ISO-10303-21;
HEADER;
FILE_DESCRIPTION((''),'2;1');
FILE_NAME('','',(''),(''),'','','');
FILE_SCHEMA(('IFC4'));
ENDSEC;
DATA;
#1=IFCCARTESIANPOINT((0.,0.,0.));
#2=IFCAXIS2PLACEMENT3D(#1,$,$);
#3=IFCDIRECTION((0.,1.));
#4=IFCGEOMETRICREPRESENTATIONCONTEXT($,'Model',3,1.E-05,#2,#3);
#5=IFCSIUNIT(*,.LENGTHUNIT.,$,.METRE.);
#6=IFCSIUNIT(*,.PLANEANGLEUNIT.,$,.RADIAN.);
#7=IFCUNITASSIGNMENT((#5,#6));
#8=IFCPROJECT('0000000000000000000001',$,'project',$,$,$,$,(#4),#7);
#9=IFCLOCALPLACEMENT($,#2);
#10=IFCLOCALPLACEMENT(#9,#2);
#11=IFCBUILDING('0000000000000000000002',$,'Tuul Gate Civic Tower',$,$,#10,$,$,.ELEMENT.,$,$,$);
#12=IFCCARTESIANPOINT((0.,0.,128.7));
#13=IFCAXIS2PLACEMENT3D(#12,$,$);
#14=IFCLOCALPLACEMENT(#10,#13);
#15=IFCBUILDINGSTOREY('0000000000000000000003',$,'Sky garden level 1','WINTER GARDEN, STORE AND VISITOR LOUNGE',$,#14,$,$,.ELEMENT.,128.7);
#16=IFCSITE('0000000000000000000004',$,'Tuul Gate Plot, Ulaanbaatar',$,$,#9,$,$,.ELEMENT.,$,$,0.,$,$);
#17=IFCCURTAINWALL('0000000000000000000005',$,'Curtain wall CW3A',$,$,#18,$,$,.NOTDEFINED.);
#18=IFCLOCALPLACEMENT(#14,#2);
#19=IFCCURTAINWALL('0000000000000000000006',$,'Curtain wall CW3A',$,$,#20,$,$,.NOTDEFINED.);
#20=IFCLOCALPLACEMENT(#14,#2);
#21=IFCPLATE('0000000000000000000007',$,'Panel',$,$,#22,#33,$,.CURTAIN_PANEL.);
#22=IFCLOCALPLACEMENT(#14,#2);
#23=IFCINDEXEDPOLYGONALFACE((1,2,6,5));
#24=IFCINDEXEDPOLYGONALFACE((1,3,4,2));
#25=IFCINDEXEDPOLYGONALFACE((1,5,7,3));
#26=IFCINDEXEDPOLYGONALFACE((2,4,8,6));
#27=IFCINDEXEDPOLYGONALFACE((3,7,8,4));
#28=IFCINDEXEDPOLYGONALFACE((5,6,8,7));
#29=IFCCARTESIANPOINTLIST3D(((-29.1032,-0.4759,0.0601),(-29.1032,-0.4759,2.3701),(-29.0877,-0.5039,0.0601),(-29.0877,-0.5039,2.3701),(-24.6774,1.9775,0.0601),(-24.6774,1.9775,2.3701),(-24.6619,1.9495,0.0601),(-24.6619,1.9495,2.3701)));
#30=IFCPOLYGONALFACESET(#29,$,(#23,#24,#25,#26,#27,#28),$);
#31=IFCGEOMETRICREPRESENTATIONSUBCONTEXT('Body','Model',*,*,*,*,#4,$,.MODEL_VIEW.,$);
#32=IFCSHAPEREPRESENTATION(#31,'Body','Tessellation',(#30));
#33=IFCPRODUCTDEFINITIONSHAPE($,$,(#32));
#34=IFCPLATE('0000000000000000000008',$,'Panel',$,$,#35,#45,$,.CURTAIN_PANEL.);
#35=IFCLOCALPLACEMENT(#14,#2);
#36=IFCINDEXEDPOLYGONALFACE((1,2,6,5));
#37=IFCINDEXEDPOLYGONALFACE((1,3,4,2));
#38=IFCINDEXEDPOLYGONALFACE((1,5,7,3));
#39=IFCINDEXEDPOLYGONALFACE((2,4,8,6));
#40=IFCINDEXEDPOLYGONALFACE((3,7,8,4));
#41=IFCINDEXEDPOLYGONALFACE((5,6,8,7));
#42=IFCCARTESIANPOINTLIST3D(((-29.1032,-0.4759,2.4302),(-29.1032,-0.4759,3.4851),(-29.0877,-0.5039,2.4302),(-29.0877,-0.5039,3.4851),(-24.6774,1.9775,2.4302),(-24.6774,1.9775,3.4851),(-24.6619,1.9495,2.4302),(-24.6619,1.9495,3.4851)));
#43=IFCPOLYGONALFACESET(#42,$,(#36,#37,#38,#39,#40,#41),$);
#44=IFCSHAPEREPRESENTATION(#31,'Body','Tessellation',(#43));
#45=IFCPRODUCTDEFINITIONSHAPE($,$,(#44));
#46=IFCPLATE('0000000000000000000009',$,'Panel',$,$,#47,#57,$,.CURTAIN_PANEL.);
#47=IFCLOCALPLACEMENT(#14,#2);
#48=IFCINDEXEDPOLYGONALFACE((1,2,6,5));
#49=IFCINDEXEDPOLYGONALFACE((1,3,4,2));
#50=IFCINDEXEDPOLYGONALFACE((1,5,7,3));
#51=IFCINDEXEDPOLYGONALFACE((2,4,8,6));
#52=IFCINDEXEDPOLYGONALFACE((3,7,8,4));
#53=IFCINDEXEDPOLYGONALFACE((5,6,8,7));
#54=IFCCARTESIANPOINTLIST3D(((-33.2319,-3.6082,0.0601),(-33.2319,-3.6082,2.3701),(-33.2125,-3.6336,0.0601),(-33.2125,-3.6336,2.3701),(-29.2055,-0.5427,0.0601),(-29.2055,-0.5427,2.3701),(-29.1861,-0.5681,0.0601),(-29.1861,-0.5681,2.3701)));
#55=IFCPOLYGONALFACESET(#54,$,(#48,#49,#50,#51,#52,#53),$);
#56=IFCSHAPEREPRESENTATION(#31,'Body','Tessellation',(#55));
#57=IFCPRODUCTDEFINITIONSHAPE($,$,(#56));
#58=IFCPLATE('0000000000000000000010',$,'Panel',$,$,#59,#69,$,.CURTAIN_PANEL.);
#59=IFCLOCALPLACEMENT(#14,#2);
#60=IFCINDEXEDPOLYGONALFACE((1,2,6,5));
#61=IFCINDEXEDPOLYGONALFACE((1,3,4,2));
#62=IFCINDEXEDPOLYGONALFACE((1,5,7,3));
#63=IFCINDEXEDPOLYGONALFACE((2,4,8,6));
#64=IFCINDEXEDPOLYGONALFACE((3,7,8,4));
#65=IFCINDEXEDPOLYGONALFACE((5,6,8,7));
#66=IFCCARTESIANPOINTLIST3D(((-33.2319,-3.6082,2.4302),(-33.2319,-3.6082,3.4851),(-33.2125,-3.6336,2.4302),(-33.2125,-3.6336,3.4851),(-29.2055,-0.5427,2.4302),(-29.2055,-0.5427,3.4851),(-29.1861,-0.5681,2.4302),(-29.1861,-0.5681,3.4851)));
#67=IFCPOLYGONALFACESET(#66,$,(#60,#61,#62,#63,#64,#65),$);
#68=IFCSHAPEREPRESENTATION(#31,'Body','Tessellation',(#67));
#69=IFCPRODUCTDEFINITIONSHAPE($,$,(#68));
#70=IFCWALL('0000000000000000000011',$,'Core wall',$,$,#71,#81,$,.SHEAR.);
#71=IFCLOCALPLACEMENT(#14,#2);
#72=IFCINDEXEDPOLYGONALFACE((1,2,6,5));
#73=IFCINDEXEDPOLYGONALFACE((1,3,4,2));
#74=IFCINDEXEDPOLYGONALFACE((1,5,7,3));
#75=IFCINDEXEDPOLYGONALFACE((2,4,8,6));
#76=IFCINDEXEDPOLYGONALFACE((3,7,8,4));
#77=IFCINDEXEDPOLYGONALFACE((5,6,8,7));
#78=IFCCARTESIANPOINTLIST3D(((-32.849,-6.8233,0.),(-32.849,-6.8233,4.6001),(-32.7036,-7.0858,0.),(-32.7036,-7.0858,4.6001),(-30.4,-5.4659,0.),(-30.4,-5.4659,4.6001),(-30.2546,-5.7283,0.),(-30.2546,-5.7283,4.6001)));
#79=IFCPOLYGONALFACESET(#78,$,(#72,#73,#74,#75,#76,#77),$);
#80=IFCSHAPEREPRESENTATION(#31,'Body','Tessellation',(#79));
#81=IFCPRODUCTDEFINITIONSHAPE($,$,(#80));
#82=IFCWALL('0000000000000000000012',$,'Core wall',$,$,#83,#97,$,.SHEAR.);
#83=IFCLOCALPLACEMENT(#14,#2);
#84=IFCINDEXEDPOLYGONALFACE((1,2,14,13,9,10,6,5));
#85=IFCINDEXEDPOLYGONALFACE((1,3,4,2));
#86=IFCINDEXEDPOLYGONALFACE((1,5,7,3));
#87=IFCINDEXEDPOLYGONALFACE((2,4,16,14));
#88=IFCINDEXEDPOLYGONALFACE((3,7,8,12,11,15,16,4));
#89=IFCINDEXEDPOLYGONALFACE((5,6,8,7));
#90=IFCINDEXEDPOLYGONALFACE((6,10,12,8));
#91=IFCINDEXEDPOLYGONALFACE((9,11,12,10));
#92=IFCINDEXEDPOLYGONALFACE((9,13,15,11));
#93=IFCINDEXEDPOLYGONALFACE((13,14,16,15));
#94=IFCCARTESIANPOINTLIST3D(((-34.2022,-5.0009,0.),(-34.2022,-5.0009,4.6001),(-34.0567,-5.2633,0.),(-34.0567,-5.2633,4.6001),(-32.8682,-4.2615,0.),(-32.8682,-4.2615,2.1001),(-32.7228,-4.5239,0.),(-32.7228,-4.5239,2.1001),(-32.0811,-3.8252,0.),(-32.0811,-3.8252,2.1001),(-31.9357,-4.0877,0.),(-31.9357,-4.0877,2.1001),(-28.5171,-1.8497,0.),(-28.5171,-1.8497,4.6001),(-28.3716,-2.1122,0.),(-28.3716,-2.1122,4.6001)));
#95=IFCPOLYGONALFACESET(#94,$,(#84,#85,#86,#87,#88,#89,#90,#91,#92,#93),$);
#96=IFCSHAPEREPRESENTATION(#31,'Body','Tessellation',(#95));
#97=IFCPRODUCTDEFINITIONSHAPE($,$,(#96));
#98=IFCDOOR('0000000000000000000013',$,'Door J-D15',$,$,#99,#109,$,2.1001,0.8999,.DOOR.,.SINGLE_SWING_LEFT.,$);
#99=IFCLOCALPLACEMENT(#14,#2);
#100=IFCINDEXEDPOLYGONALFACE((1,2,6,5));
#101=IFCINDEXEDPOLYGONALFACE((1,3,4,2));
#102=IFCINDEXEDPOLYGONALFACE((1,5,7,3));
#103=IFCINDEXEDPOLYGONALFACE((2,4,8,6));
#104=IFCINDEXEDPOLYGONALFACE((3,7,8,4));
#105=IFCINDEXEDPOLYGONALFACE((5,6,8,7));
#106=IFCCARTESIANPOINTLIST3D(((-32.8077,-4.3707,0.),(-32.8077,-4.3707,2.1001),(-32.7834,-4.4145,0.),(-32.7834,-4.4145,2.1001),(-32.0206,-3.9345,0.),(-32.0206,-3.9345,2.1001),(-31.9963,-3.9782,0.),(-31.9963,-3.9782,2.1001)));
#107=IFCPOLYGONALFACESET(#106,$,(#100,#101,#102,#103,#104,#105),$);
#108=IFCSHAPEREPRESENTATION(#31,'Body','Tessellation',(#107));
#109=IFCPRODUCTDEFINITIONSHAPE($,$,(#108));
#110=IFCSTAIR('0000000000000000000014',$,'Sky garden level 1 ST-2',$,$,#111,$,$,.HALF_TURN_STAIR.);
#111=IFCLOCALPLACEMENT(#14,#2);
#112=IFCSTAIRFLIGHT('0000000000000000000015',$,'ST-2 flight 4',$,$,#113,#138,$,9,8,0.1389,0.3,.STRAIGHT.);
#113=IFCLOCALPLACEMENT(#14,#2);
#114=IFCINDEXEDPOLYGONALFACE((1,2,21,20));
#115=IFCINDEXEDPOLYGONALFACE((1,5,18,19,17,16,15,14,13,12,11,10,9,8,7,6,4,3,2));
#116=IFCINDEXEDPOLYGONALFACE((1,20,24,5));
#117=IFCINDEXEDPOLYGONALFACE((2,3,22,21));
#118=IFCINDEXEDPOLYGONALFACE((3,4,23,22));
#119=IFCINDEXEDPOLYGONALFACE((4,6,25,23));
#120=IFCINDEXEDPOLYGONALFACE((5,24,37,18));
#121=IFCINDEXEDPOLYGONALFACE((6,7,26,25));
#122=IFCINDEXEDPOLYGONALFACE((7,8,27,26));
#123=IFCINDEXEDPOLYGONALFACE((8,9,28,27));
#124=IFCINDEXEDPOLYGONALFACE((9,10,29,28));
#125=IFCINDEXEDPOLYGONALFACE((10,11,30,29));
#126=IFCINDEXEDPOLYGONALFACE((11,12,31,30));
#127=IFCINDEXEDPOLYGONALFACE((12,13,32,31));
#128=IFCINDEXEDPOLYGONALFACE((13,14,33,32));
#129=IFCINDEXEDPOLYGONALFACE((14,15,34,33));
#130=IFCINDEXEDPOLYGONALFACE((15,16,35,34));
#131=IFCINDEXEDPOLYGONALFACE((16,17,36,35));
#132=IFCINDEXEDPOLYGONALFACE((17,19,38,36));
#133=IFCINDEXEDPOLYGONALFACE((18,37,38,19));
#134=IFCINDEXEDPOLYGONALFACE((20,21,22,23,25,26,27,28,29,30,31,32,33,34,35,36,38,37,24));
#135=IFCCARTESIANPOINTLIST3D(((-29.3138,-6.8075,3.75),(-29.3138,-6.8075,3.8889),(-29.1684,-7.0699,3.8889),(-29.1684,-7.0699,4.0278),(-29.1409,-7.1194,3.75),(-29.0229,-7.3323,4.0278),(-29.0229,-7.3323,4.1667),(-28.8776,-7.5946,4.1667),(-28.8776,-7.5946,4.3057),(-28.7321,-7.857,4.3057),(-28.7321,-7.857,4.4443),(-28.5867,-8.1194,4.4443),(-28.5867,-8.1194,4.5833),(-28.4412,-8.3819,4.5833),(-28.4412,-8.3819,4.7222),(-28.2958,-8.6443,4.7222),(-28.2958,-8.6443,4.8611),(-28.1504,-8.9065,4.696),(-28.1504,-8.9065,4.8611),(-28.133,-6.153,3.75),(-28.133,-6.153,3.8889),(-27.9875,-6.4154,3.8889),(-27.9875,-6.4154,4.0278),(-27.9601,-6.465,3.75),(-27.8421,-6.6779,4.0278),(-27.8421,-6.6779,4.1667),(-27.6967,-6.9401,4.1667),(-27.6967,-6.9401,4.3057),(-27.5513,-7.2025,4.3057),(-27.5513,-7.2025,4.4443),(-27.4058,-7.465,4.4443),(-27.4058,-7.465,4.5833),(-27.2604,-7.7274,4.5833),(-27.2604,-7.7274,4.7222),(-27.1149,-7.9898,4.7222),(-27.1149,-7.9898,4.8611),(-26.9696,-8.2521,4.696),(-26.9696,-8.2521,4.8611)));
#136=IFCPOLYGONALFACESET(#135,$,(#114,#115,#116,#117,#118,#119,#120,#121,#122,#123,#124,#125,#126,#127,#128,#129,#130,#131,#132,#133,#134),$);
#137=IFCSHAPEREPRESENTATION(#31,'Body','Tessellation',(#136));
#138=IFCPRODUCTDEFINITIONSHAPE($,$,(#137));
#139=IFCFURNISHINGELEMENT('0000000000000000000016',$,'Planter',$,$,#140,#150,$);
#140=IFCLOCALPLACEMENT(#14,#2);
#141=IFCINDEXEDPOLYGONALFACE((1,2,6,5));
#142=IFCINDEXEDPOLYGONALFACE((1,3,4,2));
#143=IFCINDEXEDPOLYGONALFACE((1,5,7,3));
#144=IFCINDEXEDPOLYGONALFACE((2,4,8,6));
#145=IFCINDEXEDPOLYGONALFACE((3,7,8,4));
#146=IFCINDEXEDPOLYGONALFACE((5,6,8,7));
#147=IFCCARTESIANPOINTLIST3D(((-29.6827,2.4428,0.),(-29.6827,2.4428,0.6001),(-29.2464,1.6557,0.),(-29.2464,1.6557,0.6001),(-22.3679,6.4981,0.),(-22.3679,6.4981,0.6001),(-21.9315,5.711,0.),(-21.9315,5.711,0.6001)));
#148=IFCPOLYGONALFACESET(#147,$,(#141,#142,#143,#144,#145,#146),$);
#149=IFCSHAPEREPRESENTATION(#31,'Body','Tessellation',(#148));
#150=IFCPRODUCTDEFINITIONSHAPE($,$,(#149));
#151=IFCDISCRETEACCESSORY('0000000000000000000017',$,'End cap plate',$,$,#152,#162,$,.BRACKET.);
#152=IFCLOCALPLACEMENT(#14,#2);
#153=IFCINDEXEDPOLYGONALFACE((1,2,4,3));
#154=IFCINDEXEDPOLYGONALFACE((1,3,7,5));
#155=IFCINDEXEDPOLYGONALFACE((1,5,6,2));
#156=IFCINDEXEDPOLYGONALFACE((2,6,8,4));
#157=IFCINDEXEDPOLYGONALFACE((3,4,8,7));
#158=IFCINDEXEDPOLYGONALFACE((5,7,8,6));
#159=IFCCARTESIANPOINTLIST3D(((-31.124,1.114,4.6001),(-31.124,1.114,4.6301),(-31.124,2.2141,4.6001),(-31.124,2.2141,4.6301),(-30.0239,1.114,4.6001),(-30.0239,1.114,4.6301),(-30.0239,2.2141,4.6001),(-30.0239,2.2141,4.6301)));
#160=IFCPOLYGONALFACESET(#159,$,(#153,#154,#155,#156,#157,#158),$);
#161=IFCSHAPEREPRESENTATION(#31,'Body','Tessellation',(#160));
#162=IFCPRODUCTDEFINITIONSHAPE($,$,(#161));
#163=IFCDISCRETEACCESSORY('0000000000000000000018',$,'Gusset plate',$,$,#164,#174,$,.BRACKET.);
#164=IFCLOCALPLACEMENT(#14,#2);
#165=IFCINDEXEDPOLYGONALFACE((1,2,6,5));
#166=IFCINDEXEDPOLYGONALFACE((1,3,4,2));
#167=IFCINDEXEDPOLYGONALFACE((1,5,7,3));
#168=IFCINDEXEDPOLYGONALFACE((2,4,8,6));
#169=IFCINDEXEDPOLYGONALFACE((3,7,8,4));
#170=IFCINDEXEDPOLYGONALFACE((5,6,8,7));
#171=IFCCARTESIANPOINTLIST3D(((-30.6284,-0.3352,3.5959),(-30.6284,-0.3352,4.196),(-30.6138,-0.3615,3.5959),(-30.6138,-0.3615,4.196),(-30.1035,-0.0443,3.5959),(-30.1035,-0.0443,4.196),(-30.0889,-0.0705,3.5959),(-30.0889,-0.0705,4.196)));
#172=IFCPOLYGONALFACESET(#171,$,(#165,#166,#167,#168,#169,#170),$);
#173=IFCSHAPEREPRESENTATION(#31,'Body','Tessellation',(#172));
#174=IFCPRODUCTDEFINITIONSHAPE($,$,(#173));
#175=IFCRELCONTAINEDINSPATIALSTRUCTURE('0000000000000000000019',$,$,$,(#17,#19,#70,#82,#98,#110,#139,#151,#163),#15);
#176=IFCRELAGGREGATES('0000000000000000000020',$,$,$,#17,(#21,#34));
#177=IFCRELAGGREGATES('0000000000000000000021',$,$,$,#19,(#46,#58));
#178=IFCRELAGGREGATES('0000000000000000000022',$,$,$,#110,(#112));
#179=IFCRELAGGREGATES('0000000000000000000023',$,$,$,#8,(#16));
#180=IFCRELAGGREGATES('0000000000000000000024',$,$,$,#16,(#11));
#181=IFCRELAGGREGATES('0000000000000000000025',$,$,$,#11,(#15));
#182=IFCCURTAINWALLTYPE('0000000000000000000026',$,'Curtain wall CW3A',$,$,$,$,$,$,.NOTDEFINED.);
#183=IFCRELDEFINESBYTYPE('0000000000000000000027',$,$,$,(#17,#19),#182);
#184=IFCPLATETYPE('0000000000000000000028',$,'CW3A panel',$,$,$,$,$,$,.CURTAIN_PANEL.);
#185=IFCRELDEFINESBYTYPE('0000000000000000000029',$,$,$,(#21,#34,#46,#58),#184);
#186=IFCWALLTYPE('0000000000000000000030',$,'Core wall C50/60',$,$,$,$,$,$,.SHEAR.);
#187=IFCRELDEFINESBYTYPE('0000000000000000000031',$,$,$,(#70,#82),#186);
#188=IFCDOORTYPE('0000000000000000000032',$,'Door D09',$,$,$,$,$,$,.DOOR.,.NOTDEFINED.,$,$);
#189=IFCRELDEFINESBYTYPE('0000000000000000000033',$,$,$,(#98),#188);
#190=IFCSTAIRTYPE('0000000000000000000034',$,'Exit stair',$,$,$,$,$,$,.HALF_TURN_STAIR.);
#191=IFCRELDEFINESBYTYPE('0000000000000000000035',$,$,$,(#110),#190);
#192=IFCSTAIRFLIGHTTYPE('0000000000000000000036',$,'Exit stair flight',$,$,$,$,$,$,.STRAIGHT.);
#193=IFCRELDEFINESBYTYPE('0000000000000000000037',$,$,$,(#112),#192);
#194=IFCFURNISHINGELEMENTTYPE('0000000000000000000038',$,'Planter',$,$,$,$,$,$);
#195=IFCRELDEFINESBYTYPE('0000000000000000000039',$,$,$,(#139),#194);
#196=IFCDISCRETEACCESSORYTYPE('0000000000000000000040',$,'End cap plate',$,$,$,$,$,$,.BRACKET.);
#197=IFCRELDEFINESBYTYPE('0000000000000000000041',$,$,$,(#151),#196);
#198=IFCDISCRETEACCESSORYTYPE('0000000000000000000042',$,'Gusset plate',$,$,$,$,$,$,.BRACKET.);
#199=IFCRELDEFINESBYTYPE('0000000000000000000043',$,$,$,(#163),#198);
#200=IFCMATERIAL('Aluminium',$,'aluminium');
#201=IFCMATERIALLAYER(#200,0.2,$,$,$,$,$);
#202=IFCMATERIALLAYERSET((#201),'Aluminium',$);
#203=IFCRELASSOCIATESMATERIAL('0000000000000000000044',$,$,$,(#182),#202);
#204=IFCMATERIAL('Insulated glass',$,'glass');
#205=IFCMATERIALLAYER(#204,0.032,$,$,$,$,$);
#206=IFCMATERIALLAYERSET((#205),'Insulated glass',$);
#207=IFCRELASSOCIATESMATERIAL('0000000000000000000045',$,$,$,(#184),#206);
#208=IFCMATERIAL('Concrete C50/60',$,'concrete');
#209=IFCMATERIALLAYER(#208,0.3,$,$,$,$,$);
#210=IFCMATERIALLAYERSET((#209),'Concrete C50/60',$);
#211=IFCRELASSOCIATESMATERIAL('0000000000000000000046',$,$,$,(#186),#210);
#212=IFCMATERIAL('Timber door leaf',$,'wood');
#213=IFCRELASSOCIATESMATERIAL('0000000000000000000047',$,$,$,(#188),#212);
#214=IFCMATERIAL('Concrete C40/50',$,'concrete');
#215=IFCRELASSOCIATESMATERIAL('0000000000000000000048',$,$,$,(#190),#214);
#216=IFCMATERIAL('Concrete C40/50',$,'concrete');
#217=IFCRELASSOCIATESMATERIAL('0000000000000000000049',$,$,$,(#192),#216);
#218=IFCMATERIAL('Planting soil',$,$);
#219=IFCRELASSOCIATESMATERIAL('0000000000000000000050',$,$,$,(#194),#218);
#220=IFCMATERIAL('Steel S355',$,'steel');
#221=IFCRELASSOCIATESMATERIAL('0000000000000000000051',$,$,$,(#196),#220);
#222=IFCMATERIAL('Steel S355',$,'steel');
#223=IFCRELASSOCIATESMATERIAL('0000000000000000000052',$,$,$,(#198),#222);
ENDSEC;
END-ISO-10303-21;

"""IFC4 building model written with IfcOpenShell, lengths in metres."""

from ifc_helpers import new_model, si_unit, direction, frame, frame_2d, origin, origin_2d, place, context, subcontext, project, spatial, polyline, rectangle, outline, extrude, material, layer, layer_set, type_object, element, fill, aggregate, save


model = new_model("IFC4")

# Units and contexts
model_context = context("Model", 3, precision=1e-05, world=origin(), true_north=direction((0.0, 1.0)))
body_context = subcontext(model_context, "Body", "Model", "MODEL_VIEW")
ifc_project = project(units=[si_unit("LENGTHUNIT", "METRE"), si_unit("PLANEANGLEUNIT", "RADIAN")], contexts=[model_context])

# Site, building, storey
site_placement = place(None, origin())
site = spatial("IfcSite", under=ifc_project, at=site_placement, Name="Tuul Gate Plot, Ulaanbaatar", CompositionType="ELEMENT", RefElevation=0.0)
building_placement = place(site_placement, origin())
building = spatial("IfcBuilding", under=site, at=building_placement, Name="Tuul Gate Civic Tower", CompositionType="ELEMENT")
storey_placement = place(building_placement, frame((0.0, 0.0, 128.7)))
storey = spatial("IfcBuildingStorey", under=building, at=storey_placement, Name="Sky garden level 1", Description="WINTER GARDEN, STORE AND VISITOR LOUNGE", CompositionType="ELEMENT", Elevation=128.7)

# Curtain wall
ifc_material_1 = material(Name="Aluminium", Category="aluminium")
ifc_layer_1 = layer(ifc_material_1, 0.2)
ifc_layer_set_1 = layer_set([ifc_layer_1], Name="Aluminium")
curtain_wall_type = type_object("IfcCurtainWallType", Name="Curtain wall CW3A", PredefinedType="NOTDEFINED", material=ifc_layer_set_1)
curtain_wall_1_placement = place(storey_placement, origin())
curtain_wall_1 = element("IfcCurtainWall", 1, at=curtain_wall_1_placement, inside=storey, type_object=curtain_wall_type, Name="Curtain wall CW3A", PredefinedType="NOTDEFINED")

# Curtain wall
curtain_wall_2_placement = place(storey_placement, origin())
curtain_wall_2 = element("IfcCurtainWall", 2, at=curtain_wall_2_placement, inside=storey, type_object=curtain_wall_type, Name="Curtain wall CW3A", PredefinedType="NOTDEFINED")

# Plates
ifc_material_2 = material(Name="Insulated glass", Category="glass")
ifc_layer_2 = layer(ifc_material_2, 0.032)
ifc_layer_set_2 = layer_set([ifc_layer_2], Name="Insulated glass")
plate_type = type_object("IfcPlateType", Name="CW3A panel", PredefinedType="CURTAIN_PANEL", material=ifc_layer_set_2)
plate_1_placement = place(storey_placement, frame((-26.8826, 0.7368, 0.0601), z_axis=(0.0, 0.0, 1.0), x_axis=(-0.87461, -0.484827, 0.0)))
plate_1 = element("IfcPlate", 3, at=plate_1_placement, type_object=plate_type, Name="Panel", PredefinedType="CURTAIN_PANEL", context=body_context, shape_type="SweptSolid", body=[
    extrude(rectangle(XDim=5.0603, YDim=0.032, at=origin_2d()), origin(), (0.0, 0.0, 1.0), 2.3101),
])
plate_2_placement = place(storey_placement, frame((-26.8826, 0.7368, 2.4302), z_axis=(0.0, 0.0, 1.0), x_axis=(-0.87461, -0.484827, 0.0)))
plate_2 = element("IfcPlate", 4, at=plate_2_placement, type_object=plate_type, Name="Panel", PredefinedType="CURTAIN_PANEL", context=body_context, shape_type="SweptSolid", body=[
    extrude(rectangle(XDim=5.0603, YDim=0.032, at=origin_2d()), origin(), (0.0, 0.0, 1.0), 1.0549),
])
aggregate(curtain_wall_1, [plate_1, plate_2])
plate_3_placement = place(storey_placement, frame((-31.209, -2.0881, 0.0601), z_axis=(0.0, 0.0, 1.0), x_axis=(-0.795646, -0.605762, 0.0)))
plate_3 = element("IfcPlate", 5, at=plate_3_placement, type_object=plate_type, Name="Panel", PredefinedType="CURTAIN_PANEL", context=body_context, shape_type="SweptSolid", body=[
    extrude(rectangle(XDim=5.0605, YDim=0.032, at=origin_2d()), origin(), (0.0, 0.0, 1.0), 2.3101),
])
plate_4_placement = place(storey_placement, frame((-31.209, -2.0881, 2.4302), z_axis=(0.0, 0.0, 1.0), x_axis=(-0.795646, -0.605762, 0.0)))
plate_4 = element("IfcPlate", 6, at=plate_4_placement, type_object=plate_type, Name="Panel", PredefinedType="CURTAIN_PANEL", context=body_context, shape_type="SweptSolid", body=[
    extrude(rectangle(XDim=5.0605, YDim=0.032, at=origin_2d()), origin(), (0.0, 0.0, 1.0), 1.0549),
])
aggregate(curtain_wall_2, [plate_3, plate_4])

# Wall
ifc_material_3 = material(Name="Concrete C50/60", Category="concrete")
ifc_layer_3 = layer(ifc_material_3, 0.3)
ifc_layer_set_3 = layer_set([ifc_layer_3], Name="Concrete C50/60")
wall_type = type_object("IfcWallType", Name="Core wall C50/60", PredefinedType="SHEAR", material=ifc_layer_set_3)
wall_1_placement = place(storey_placement, frame((-30.3274, -5.5972, 0.0), z_axis=(0.0, 0.0, 1.0), x_axis=(-0.87463, -0.484791, 0.0)))
element("IfcWall", 7, at=wall_1_placement, inside=storey, type_object=wall_type, Name="Core wall", PredefinedType="SHEAR", context=body_context, shape_type="SweptSolid", body=[
    extrude(rectangle(XDim=2.8, YDim=0.3, at=frame_2d((1.3999, 0.0))), origin(), (0.0, 0.0, 1.0), 4.6001),
])

# Wall, opening, door
wall_2_placement = place(storey_placement, frame((-28.4443, -1.981, 0.0), z_axis=(0.0, 0.0, 1.0), x_axis=(-0.87463, -0.484791, 0.0)))
wall_2 = element("IfcWall", 8, at=wall_2_placement, inside=storey, type_object=wall_type, Name="Core wall", PredefinedType="SHEAR", context=body_context, shape_type="SweptSolid", body=[
    extrude(rectangle(XDim=6.5, YDim=0.3, at=frame_2d((3.25, 0.0))), origin(), (0.0, 0.0, 1.0), 4.6001),
])
opening_placement = place(wall_2_placement, frame((4.075, 0.0, 0.0)))
opening = element("IfcOpeningElement", 9, at=opening_placement, cuts=wall_2, PredefinedType="OPENING", context=body_context, shape_type="SweptSolid", body=[
    extrude(rectangle(XDim=0.8999, YDim=2.1001, at=frame_2d((0.45, 1.05))), frame((0.0, 0.1602, 0.0), z_axis=(0.0, -1.0, 0.0), x_axis=(1.0, 0.0, 0.0)), (0.0, 0.0, 1.0), 0.3201),
])
ifc_material_4 = material(Name="Timber door leaf", Category="wood")
door_type = type_object("IfcDoorType", Name="Door D09", OperationType="NOTDEFINED", PredefinedType="DOOR", material=ifc_material_4)
door_placement = place(opening_placement, origin())
door = element("IfcDoor", 10, at=door_placement, inside=storey, type_object=door_type, Name="Door J-D15", OperationType="SINGLE_SWING_LEFT", OverallHeight=2.1001, OverallWidth=0.8999, PredefinedType="DOOR", context=body_context, shape_type="SweptSolid", body=[
    extrude(rectangle(XDim=0.8999, YDim=2.1001, at=frame_2d((0.45, 1.05))), frame((0.0, 0.0249, 0.0), z_axis=(0.0, -1.0, 0.0), x_axis=(1.0, 0.0, 0.0)), (0.0, 0.0, 1.0), 0.05),
])
fill(opening, door)

# Stair, stair flight
ifc_material_5 = material(Name="Concrete C40/50", Category="concrete")
stair_type = type_object("IfcStairType", Name="Exit stair", PredefinedType="HALF_TURN_STAIR", material=ifc_material_5)
stair_placement = place(storey_placement, origin())
stair = element("IfcStair", 11, at=stair_placement, inside=storey, type_object=stair_type, Name="Sky garden level 1 ST-2", PredefinedType="HALF_TURN_STAIR")
ifc_material_6 = material(Name="Concrete C40/50", Category="concrete")
stair_flight_type = type_object("IfcStairFlightType", Name="Exit stair flight", PredefinedType="STRAIGHT", material=ifc_material_6)
stair_flight_placement = place(storey_placement, frame((-28.7234, -6.4802, 3.75), z_axis=(0.0, 0.0, 1.0), x_axis=(0.484762, -0.874646, 0.0)))
stair_flight = element("IfcStairFlight", 12, at=stair_flight_placement, type_object=stair_flight_type, Name="ST-2 flight 4", NumberOfRisers=9, NumberOfTreads=8, PredefinedType="STRAIGHT", RiserHeight=0.1389, TreadLength=0.3, context=body_context, shape_type="SweptSolid", body=[
    extrude(outline(polyline([(0.0, 0.0), (0.0, 0.1389), (0.3, 0.1389), (0.3, 0.2778), (0.6001, 0.2778), (0.6001, 0.4167), (0.8999, 0.4167), (0.8999, 0.5557), (1.2, 0.5557), (1.2, 0.6943), (1.5, 0.6943), (1.5, 0.8333), (1.8, 0.8333), (1.8, 0.9722), (2.1001, 0.9722), (2.1001, 1.1111), (2.3999, 1.1111), (2.3999, 1.25), (2.3999, 0.946), (0.3567, 0.0), (0.0, 0.0)])), frame((0.0, 0.675, 0.0), z_axis=(0.0, -1.0, 0.0), x_axis=(1.0, 0.0, 0.0)), (0.0, 0.0, 1.0), 1.3501),
])
aggregate(stair, [stair_flight])

# Furnishing element
ifc_material_7 = material(Name="Planting soil")
furnishing_element_type = type_object("IfcFurnishingElementType", Name="Planter", material=ifc_material_7)
furnishing_placement = place(storey_placement, frame((-25.8071, 4.0769, 0.0), z_axis=(0.0, 0.0, 1.0), x_axis=(-0.874591, -0.484862, 0.0)))
element("IfcFurnishingElement", 13, at=furnishing_placement, inside=storey, type_object=furnishing_element_type, Name="Planter", context=body_context, shape_type="SweptSolid", body=[
    extrude(rectangle(XDim=8.3638, YDim=0.8999, at=origin_2d()), origin(), (0.0, 0.0, 1.0), 0.6001),
])

# Discrete accessories
ifc_material_8 = material(Name="Steel S355", Category="steel")
discrete_accessory_type_1 = type_object("IfcDiscreteAccessoryType", Name="End cap plate", PredefinedType="BRACKET", material=ifc_material_8)
discrete_accessory_1_placement = place(storey_placement, frame((-30.574, 1.6641, 4.6001), z_axis=(0.0, 0.0, 1.0), x_axis=(1.0, 0.0, 0.0)))
element("IfcDiscreteAccessory", 14, at=discrete_accessory_1_placement, inside=storey, type_object=discrete_accessory_type_1, Name="End cap plate", PredefinedType="BRACKET", context=body_context, shape_type="SweptSolid", body=[
    extrude(rectangle(XDim=1.1001, YDim=1.1001, at=origin_2d()), origin(), (0.0, 0.0, 1.0), 0.03),
])
ifc_material_9 = material(Name="Steel S355", Category="steel")
discrete_accessory_type_2 = type_object("IfcDiscreteAccessoryType", Name="Gusset plate", PredefinedType="BRACKET", material=ifc_material_9)
discrete_accessory_2_placement = place(storey_placement, frame((-30.3586, -0.2029, 3.5959), z_axis=(0.0, 0.0, 1.0), x_axis=(0.874625, 0.4848, 0.0)))
element("IfcDiscreteAccessory", 15, at=discrete_accessory_2_placement, inside=storey, type_object=discrete_accessory_type_2, Name="Gusset plate", PredefinedType="BRACKET", context=body_context, shape_type="SweptSolid", body=[
    extrude(rectangle(XDim=0.6001, YDim=0.03, at=origin_2d()), origin(), (0.0, 0.0, 1.0), 0.6001),
])

save(model, "model.ifc")
